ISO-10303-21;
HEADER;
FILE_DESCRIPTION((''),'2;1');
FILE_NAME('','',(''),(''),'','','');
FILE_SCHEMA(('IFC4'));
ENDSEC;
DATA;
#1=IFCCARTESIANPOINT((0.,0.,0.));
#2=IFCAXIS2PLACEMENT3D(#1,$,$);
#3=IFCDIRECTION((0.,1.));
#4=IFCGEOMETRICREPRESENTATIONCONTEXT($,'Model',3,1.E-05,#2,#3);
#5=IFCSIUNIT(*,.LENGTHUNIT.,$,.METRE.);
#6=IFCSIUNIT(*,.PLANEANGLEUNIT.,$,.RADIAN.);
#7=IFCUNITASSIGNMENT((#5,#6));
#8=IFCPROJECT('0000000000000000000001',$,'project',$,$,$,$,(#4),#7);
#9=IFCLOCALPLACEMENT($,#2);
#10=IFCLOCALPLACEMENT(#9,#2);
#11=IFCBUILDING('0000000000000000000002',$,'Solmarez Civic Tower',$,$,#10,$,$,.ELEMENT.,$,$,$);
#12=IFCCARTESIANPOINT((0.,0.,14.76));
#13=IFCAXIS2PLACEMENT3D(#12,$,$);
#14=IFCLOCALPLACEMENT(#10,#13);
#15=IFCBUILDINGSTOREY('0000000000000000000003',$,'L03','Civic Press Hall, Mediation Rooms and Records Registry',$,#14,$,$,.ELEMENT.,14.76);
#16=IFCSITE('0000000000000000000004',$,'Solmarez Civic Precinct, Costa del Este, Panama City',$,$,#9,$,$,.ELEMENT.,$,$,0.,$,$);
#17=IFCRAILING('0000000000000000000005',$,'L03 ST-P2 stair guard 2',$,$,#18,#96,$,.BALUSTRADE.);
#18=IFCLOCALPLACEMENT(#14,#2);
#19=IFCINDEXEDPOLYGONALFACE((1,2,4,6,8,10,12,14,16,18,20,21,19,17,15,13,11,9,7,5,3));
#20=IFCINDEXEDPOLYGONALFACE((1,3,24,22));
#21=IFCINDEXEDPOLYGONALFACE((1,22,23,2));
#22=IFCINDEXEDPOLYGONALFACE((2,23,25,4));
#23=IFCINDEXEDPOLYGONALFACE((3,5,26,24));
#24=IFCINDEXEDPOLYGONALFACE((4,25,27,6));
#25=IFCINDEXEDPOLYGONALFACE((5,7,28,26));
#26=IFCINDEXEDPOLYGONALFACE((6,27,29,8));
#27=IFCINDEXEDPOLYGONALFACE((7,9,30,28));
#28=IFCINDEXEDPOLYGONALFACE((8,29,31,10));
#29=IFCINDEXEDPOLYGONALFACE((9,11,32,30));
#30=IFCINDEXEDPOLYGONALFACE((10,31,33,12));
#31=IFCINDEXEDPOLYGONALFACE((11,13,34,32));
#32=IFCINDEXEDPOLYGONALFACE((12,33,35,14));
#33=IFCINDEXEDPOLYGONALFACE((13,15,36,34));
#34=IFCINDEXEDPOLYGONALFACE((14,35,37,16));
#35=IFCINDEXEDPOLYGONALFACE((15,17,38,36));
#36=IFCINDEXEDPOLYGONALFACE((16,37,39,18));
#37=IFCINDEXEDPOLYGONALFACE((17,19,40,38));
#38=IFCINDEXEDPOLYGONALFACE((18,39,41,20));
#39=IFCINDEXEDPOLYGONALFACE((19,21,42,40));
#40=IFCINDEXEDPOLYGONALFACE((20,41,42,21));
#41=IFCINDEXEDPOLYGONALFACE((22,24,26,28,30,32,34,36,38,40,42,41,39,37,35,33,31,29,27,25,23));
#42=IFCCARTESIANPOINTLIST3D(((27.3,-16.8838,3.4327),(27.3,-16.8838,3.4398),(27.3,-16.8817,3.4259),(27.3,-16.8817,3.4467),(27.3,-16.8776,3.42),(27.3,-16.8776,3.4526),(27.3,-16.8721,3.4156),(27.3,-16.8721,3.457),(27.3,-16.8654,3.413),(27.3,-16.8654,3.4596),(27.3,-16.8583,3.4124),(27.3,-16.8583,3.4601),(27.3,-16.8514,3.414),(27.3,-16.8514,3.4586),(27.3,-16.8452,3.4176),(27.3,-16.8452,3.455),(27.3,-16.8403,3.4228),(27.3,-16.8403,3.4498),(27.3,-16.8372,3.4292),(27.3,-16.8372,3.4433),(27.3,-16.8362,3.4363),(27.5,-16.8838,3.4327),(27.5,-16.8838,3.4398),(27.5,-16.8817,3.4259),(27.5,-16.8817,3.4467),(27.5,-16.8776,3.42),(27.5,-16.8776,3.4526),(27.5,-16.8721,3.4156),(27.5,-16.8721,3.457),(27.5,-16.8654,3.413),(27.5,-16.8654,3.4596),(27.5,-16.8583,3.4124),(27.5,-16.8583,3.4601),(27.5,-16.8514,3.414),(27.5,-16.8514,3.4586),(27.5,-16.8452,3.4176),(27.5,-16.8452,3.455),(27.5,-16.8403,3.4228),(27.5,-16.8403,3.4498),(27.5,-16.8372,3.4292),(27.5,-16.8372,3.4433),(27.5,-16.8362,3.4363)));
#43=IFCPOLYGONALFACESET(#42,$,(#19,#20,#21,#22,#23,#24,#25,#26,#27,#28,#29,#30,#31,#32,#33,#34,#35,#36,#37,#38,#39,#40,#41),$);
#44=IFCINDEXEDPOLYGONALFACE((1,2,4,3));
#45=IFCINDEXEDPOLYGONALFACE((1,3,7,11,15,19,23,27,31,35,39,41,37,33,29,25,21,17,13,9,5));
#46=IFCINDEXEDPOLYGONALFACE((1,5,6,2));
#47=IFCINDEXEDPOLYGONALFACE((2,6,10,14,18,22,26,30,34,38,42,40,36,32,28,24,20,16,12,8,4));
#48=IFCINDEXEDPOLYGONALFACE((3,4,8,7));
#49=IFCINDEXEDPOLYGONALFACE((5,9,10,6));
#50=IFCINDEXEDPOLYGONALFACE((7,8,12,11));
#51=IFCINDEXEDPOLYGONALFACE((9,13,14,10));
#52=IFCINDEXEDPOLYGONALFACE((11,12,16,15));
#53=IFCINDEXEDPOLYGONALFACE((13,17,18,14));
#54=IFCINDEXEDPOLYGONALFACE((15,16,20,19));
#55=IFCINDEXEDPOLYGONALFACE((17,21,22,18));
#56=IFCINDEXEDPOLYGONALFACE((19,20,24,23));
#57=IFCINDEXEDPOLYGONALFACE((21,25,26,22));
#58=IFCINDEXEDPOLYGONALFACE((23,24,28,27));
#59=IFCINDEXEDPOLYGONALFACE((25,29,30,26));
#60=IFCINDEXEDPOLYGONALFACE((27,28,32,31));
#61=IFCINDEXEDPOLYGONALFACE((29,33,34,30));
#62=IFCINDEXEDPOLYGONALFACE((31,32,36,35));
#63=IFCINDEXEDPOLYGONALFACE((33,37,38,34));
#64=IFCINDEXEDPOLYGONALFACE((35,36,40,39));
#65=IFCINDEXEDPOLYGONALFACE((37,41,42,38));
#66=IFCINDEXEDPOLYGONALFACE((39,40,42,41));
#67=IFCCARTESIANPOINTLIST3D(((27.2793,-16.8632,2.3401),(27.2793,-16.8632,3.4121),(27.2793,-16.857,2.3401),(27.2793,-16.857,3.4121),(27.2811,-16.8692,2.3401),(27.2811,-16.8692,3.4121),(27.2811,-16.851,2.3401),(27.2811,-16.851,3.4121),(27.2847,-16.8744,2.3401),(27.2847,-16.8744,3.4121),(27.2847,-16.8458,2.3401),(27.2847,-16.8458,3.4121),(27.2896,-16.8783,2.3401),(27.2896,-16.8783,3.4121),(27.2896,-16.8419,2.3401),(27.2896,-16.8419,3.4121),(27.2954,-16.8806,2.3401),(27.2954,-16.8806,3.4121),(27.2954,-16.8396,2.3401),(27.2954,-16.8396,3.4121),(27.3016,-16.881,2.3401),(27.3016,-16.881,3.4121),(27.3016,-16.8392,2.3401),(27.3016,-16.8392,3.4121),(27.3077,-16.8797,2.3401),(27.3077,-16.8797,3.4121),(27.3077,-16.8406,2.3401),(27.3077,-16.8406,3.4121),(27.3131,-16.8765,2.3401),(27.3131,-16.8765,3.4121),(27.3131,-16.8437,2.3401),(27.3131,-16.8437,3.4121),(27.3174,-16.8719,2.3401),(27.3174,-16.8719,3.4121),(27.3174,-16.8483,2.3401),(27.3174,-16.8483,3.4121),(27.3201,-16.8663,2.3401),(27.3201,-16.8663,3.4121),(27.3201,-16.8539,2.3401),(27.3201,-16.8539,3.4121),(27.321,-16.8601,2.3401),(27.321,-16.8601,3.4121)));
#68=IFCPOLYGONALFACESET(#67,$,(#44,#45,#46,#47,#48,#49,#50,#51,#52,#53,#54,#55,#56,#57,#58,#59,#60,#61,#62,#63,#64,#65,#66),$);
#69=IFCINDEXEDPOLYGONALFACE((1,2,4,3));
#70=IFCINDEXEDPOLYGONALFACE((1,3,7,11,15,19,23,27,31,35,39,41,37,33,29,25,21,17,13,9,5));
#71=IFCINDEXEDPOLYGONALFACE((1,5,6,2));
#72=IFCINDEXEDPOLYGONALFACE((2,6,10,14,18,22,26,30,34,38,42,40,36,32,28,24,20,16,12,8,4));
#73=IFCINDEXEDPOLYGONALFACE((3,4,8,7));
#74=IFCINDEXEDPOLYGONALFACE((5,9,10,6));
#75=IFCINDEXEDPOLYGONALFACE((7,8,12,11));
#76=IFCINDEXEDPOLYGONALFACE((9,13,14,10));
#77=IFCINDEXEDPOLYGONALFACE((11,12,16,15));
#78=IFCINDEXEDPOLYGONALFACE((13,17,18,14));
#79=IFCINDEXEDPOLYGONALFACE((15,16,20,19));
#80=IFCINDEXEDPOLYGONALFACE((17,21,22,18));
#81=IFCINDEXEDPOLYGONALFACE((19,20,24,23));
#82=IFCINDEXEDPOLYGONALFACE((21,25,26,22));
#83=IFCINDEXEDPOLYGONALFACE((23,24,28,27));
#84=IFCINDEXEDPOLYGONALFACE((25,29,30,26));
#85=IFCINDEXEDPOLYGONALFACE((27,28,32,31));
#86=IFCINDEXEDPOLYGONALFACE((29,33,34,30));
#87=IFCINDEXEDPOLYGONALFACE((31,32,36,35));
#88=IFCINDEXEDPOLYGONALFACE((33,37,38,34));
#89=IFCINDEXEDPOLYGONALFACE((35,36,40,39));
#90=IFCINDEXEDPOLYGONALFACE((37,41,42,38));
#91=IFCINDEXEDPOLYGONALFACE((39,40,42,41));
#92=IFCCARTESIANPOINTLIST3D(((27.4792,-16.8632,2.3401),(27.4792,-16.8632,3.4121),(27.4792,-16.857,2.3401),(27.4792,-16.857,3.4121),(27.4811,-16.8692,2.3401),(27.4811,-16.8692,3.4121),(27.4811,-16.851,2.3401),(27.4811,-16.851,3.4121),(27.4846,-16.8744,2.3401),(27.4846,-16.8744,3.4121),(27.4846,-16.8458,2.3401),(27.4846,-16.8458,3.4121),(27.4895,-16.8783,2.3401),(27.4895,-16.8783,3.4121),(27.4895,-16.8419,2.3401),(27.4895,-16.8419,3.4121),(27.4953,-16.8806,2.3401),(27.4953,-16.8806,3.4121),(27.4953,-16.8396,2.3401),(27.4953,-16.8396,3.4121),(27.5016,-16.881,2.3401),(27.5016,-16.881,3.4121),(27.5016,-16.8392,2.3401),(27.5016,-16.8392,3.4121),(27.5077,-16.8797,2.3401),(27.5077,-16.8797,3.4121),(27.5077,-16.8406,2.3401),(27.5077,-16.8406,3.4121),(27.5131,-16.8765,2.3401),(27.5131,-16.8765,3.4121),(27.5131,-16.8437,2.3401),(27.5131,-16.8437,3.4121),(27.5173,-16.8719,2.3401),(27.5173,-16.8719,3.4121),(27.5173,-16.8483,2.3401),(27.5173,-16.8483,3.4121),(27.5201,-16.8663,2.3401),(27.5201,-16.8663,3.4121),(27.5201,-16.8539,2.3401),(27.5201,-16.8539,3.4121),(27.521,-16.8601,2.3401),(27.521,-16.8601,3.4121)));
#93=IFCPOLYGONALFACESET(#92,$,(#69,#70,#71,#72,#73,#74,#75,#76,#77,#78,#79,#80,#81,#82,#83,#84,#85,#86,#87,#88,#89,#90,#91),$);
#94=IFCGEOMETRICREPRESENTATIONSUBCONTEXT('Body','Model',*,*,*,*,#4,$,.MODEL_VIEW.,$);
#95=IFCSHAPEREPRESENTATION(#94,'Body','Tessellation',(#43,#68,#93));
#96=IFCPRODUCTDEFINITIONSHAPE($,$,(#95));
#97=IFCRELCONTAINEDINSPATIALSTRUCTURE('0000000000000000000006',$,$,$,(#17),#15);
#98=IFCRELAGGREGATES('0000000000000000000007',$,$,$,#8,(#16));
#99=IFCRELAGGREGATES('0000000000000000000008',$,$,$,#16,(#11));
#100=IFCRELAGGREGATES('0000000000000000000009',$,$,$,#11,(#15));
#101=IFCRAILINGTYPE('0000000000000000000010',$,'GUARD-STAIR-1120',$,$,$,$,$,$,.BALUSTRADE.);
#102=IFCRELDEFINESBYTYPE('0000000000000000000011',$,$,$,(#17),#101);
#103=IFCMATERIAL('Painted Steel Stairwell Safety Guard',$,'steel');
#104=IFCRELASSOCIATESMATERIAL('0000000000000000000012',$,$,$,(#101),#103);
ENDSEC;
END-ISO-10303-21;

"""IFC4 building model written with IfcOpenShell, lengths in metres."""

from ifc_helpers import new_model, si_unit, direction, frame, origin, origin_2d, place, context, subcontext, project, spatial, circle, extrude, material, type_object, element, save


model = new_model("IFC4")

# Units and contexts
model_context = context("Model", 3, precision=1e-05, world=origin(), true_north=direction((0.0, 1.0)))
body_context = subcontext(model_context, "Body", "Model", "MODEL_VIEW")
ifc_project = project(units=[si_unit("LENGTHUNIT", "METRE"), si_unit("PLANEANGLEUNIT", "RADIAN")], contexts=[model_context])

# Site, building, storey
site_placement = place(None, origin())
site = spatial("IfcSite", under=ifc_project, at=site_placement, Name="Solmarez Civic Precinct, Costa del Este, Panama City", CompositionType="ELEMENT", RefElevation=0.0)
building_placement = place(site_placement, origin())
building = spatial("IfcBuilding", under=site, at=building_placement, Name="Solmarez Civic Tower", CompositionType="ELEMENT")
storey_placement = place(building_placement, frame((0.0, 0.0, 14.76)))
storey = spatial("IfcBuildingStorey", under=building, at=storey_placement, Name="L03", Description="Civic Press Hall, Mediation Rooms and Records Registry", CompositionType="ELEMENT", Elevation=14.76)

# Railing
ifc_material_1 = material(Name="Painted Steel Stairwell Safety Guard", Category="steel")
railing_type_1 = type_object("IfcRailingType", Name="GUARD-STAIR-1120", PredefinedType="BALUSTRADE", material=ifc_material_1)
railing_1_placement = place(storey_placement, frame((27.3, -16.8601, 2.3401)))
element("IfcRailing", 1, at=railing_1_placement, inside=storey, type_object=railing_type_1, Name="L03 ST-P2 stair guard 2", PredefinedType="BALUSTRADE", context=body_context, shape_type="SweptSolid", body=[
    extrude(circle(Radius=0.0239, at=origin_2d()), frame((0.0, 0.0, 1.0962), z_axis=(1.0, 0.0, 0.0), x_axis=(0.0, 1.0, 0.0)), (0.0, 0.0, 1.0), 0.2),
    extrude(circle(Radius=0.021, at=origin_2d()), origin(), (0.0, 0.0, 1.0), 1.072),
    extrude(circle(Radius=0.021, at=origin_2d()), frame((0.2, 0.0, 0.0)), (0.0, 0.0, 1.0), 1.072),
])

save(model, "model.ifc")
